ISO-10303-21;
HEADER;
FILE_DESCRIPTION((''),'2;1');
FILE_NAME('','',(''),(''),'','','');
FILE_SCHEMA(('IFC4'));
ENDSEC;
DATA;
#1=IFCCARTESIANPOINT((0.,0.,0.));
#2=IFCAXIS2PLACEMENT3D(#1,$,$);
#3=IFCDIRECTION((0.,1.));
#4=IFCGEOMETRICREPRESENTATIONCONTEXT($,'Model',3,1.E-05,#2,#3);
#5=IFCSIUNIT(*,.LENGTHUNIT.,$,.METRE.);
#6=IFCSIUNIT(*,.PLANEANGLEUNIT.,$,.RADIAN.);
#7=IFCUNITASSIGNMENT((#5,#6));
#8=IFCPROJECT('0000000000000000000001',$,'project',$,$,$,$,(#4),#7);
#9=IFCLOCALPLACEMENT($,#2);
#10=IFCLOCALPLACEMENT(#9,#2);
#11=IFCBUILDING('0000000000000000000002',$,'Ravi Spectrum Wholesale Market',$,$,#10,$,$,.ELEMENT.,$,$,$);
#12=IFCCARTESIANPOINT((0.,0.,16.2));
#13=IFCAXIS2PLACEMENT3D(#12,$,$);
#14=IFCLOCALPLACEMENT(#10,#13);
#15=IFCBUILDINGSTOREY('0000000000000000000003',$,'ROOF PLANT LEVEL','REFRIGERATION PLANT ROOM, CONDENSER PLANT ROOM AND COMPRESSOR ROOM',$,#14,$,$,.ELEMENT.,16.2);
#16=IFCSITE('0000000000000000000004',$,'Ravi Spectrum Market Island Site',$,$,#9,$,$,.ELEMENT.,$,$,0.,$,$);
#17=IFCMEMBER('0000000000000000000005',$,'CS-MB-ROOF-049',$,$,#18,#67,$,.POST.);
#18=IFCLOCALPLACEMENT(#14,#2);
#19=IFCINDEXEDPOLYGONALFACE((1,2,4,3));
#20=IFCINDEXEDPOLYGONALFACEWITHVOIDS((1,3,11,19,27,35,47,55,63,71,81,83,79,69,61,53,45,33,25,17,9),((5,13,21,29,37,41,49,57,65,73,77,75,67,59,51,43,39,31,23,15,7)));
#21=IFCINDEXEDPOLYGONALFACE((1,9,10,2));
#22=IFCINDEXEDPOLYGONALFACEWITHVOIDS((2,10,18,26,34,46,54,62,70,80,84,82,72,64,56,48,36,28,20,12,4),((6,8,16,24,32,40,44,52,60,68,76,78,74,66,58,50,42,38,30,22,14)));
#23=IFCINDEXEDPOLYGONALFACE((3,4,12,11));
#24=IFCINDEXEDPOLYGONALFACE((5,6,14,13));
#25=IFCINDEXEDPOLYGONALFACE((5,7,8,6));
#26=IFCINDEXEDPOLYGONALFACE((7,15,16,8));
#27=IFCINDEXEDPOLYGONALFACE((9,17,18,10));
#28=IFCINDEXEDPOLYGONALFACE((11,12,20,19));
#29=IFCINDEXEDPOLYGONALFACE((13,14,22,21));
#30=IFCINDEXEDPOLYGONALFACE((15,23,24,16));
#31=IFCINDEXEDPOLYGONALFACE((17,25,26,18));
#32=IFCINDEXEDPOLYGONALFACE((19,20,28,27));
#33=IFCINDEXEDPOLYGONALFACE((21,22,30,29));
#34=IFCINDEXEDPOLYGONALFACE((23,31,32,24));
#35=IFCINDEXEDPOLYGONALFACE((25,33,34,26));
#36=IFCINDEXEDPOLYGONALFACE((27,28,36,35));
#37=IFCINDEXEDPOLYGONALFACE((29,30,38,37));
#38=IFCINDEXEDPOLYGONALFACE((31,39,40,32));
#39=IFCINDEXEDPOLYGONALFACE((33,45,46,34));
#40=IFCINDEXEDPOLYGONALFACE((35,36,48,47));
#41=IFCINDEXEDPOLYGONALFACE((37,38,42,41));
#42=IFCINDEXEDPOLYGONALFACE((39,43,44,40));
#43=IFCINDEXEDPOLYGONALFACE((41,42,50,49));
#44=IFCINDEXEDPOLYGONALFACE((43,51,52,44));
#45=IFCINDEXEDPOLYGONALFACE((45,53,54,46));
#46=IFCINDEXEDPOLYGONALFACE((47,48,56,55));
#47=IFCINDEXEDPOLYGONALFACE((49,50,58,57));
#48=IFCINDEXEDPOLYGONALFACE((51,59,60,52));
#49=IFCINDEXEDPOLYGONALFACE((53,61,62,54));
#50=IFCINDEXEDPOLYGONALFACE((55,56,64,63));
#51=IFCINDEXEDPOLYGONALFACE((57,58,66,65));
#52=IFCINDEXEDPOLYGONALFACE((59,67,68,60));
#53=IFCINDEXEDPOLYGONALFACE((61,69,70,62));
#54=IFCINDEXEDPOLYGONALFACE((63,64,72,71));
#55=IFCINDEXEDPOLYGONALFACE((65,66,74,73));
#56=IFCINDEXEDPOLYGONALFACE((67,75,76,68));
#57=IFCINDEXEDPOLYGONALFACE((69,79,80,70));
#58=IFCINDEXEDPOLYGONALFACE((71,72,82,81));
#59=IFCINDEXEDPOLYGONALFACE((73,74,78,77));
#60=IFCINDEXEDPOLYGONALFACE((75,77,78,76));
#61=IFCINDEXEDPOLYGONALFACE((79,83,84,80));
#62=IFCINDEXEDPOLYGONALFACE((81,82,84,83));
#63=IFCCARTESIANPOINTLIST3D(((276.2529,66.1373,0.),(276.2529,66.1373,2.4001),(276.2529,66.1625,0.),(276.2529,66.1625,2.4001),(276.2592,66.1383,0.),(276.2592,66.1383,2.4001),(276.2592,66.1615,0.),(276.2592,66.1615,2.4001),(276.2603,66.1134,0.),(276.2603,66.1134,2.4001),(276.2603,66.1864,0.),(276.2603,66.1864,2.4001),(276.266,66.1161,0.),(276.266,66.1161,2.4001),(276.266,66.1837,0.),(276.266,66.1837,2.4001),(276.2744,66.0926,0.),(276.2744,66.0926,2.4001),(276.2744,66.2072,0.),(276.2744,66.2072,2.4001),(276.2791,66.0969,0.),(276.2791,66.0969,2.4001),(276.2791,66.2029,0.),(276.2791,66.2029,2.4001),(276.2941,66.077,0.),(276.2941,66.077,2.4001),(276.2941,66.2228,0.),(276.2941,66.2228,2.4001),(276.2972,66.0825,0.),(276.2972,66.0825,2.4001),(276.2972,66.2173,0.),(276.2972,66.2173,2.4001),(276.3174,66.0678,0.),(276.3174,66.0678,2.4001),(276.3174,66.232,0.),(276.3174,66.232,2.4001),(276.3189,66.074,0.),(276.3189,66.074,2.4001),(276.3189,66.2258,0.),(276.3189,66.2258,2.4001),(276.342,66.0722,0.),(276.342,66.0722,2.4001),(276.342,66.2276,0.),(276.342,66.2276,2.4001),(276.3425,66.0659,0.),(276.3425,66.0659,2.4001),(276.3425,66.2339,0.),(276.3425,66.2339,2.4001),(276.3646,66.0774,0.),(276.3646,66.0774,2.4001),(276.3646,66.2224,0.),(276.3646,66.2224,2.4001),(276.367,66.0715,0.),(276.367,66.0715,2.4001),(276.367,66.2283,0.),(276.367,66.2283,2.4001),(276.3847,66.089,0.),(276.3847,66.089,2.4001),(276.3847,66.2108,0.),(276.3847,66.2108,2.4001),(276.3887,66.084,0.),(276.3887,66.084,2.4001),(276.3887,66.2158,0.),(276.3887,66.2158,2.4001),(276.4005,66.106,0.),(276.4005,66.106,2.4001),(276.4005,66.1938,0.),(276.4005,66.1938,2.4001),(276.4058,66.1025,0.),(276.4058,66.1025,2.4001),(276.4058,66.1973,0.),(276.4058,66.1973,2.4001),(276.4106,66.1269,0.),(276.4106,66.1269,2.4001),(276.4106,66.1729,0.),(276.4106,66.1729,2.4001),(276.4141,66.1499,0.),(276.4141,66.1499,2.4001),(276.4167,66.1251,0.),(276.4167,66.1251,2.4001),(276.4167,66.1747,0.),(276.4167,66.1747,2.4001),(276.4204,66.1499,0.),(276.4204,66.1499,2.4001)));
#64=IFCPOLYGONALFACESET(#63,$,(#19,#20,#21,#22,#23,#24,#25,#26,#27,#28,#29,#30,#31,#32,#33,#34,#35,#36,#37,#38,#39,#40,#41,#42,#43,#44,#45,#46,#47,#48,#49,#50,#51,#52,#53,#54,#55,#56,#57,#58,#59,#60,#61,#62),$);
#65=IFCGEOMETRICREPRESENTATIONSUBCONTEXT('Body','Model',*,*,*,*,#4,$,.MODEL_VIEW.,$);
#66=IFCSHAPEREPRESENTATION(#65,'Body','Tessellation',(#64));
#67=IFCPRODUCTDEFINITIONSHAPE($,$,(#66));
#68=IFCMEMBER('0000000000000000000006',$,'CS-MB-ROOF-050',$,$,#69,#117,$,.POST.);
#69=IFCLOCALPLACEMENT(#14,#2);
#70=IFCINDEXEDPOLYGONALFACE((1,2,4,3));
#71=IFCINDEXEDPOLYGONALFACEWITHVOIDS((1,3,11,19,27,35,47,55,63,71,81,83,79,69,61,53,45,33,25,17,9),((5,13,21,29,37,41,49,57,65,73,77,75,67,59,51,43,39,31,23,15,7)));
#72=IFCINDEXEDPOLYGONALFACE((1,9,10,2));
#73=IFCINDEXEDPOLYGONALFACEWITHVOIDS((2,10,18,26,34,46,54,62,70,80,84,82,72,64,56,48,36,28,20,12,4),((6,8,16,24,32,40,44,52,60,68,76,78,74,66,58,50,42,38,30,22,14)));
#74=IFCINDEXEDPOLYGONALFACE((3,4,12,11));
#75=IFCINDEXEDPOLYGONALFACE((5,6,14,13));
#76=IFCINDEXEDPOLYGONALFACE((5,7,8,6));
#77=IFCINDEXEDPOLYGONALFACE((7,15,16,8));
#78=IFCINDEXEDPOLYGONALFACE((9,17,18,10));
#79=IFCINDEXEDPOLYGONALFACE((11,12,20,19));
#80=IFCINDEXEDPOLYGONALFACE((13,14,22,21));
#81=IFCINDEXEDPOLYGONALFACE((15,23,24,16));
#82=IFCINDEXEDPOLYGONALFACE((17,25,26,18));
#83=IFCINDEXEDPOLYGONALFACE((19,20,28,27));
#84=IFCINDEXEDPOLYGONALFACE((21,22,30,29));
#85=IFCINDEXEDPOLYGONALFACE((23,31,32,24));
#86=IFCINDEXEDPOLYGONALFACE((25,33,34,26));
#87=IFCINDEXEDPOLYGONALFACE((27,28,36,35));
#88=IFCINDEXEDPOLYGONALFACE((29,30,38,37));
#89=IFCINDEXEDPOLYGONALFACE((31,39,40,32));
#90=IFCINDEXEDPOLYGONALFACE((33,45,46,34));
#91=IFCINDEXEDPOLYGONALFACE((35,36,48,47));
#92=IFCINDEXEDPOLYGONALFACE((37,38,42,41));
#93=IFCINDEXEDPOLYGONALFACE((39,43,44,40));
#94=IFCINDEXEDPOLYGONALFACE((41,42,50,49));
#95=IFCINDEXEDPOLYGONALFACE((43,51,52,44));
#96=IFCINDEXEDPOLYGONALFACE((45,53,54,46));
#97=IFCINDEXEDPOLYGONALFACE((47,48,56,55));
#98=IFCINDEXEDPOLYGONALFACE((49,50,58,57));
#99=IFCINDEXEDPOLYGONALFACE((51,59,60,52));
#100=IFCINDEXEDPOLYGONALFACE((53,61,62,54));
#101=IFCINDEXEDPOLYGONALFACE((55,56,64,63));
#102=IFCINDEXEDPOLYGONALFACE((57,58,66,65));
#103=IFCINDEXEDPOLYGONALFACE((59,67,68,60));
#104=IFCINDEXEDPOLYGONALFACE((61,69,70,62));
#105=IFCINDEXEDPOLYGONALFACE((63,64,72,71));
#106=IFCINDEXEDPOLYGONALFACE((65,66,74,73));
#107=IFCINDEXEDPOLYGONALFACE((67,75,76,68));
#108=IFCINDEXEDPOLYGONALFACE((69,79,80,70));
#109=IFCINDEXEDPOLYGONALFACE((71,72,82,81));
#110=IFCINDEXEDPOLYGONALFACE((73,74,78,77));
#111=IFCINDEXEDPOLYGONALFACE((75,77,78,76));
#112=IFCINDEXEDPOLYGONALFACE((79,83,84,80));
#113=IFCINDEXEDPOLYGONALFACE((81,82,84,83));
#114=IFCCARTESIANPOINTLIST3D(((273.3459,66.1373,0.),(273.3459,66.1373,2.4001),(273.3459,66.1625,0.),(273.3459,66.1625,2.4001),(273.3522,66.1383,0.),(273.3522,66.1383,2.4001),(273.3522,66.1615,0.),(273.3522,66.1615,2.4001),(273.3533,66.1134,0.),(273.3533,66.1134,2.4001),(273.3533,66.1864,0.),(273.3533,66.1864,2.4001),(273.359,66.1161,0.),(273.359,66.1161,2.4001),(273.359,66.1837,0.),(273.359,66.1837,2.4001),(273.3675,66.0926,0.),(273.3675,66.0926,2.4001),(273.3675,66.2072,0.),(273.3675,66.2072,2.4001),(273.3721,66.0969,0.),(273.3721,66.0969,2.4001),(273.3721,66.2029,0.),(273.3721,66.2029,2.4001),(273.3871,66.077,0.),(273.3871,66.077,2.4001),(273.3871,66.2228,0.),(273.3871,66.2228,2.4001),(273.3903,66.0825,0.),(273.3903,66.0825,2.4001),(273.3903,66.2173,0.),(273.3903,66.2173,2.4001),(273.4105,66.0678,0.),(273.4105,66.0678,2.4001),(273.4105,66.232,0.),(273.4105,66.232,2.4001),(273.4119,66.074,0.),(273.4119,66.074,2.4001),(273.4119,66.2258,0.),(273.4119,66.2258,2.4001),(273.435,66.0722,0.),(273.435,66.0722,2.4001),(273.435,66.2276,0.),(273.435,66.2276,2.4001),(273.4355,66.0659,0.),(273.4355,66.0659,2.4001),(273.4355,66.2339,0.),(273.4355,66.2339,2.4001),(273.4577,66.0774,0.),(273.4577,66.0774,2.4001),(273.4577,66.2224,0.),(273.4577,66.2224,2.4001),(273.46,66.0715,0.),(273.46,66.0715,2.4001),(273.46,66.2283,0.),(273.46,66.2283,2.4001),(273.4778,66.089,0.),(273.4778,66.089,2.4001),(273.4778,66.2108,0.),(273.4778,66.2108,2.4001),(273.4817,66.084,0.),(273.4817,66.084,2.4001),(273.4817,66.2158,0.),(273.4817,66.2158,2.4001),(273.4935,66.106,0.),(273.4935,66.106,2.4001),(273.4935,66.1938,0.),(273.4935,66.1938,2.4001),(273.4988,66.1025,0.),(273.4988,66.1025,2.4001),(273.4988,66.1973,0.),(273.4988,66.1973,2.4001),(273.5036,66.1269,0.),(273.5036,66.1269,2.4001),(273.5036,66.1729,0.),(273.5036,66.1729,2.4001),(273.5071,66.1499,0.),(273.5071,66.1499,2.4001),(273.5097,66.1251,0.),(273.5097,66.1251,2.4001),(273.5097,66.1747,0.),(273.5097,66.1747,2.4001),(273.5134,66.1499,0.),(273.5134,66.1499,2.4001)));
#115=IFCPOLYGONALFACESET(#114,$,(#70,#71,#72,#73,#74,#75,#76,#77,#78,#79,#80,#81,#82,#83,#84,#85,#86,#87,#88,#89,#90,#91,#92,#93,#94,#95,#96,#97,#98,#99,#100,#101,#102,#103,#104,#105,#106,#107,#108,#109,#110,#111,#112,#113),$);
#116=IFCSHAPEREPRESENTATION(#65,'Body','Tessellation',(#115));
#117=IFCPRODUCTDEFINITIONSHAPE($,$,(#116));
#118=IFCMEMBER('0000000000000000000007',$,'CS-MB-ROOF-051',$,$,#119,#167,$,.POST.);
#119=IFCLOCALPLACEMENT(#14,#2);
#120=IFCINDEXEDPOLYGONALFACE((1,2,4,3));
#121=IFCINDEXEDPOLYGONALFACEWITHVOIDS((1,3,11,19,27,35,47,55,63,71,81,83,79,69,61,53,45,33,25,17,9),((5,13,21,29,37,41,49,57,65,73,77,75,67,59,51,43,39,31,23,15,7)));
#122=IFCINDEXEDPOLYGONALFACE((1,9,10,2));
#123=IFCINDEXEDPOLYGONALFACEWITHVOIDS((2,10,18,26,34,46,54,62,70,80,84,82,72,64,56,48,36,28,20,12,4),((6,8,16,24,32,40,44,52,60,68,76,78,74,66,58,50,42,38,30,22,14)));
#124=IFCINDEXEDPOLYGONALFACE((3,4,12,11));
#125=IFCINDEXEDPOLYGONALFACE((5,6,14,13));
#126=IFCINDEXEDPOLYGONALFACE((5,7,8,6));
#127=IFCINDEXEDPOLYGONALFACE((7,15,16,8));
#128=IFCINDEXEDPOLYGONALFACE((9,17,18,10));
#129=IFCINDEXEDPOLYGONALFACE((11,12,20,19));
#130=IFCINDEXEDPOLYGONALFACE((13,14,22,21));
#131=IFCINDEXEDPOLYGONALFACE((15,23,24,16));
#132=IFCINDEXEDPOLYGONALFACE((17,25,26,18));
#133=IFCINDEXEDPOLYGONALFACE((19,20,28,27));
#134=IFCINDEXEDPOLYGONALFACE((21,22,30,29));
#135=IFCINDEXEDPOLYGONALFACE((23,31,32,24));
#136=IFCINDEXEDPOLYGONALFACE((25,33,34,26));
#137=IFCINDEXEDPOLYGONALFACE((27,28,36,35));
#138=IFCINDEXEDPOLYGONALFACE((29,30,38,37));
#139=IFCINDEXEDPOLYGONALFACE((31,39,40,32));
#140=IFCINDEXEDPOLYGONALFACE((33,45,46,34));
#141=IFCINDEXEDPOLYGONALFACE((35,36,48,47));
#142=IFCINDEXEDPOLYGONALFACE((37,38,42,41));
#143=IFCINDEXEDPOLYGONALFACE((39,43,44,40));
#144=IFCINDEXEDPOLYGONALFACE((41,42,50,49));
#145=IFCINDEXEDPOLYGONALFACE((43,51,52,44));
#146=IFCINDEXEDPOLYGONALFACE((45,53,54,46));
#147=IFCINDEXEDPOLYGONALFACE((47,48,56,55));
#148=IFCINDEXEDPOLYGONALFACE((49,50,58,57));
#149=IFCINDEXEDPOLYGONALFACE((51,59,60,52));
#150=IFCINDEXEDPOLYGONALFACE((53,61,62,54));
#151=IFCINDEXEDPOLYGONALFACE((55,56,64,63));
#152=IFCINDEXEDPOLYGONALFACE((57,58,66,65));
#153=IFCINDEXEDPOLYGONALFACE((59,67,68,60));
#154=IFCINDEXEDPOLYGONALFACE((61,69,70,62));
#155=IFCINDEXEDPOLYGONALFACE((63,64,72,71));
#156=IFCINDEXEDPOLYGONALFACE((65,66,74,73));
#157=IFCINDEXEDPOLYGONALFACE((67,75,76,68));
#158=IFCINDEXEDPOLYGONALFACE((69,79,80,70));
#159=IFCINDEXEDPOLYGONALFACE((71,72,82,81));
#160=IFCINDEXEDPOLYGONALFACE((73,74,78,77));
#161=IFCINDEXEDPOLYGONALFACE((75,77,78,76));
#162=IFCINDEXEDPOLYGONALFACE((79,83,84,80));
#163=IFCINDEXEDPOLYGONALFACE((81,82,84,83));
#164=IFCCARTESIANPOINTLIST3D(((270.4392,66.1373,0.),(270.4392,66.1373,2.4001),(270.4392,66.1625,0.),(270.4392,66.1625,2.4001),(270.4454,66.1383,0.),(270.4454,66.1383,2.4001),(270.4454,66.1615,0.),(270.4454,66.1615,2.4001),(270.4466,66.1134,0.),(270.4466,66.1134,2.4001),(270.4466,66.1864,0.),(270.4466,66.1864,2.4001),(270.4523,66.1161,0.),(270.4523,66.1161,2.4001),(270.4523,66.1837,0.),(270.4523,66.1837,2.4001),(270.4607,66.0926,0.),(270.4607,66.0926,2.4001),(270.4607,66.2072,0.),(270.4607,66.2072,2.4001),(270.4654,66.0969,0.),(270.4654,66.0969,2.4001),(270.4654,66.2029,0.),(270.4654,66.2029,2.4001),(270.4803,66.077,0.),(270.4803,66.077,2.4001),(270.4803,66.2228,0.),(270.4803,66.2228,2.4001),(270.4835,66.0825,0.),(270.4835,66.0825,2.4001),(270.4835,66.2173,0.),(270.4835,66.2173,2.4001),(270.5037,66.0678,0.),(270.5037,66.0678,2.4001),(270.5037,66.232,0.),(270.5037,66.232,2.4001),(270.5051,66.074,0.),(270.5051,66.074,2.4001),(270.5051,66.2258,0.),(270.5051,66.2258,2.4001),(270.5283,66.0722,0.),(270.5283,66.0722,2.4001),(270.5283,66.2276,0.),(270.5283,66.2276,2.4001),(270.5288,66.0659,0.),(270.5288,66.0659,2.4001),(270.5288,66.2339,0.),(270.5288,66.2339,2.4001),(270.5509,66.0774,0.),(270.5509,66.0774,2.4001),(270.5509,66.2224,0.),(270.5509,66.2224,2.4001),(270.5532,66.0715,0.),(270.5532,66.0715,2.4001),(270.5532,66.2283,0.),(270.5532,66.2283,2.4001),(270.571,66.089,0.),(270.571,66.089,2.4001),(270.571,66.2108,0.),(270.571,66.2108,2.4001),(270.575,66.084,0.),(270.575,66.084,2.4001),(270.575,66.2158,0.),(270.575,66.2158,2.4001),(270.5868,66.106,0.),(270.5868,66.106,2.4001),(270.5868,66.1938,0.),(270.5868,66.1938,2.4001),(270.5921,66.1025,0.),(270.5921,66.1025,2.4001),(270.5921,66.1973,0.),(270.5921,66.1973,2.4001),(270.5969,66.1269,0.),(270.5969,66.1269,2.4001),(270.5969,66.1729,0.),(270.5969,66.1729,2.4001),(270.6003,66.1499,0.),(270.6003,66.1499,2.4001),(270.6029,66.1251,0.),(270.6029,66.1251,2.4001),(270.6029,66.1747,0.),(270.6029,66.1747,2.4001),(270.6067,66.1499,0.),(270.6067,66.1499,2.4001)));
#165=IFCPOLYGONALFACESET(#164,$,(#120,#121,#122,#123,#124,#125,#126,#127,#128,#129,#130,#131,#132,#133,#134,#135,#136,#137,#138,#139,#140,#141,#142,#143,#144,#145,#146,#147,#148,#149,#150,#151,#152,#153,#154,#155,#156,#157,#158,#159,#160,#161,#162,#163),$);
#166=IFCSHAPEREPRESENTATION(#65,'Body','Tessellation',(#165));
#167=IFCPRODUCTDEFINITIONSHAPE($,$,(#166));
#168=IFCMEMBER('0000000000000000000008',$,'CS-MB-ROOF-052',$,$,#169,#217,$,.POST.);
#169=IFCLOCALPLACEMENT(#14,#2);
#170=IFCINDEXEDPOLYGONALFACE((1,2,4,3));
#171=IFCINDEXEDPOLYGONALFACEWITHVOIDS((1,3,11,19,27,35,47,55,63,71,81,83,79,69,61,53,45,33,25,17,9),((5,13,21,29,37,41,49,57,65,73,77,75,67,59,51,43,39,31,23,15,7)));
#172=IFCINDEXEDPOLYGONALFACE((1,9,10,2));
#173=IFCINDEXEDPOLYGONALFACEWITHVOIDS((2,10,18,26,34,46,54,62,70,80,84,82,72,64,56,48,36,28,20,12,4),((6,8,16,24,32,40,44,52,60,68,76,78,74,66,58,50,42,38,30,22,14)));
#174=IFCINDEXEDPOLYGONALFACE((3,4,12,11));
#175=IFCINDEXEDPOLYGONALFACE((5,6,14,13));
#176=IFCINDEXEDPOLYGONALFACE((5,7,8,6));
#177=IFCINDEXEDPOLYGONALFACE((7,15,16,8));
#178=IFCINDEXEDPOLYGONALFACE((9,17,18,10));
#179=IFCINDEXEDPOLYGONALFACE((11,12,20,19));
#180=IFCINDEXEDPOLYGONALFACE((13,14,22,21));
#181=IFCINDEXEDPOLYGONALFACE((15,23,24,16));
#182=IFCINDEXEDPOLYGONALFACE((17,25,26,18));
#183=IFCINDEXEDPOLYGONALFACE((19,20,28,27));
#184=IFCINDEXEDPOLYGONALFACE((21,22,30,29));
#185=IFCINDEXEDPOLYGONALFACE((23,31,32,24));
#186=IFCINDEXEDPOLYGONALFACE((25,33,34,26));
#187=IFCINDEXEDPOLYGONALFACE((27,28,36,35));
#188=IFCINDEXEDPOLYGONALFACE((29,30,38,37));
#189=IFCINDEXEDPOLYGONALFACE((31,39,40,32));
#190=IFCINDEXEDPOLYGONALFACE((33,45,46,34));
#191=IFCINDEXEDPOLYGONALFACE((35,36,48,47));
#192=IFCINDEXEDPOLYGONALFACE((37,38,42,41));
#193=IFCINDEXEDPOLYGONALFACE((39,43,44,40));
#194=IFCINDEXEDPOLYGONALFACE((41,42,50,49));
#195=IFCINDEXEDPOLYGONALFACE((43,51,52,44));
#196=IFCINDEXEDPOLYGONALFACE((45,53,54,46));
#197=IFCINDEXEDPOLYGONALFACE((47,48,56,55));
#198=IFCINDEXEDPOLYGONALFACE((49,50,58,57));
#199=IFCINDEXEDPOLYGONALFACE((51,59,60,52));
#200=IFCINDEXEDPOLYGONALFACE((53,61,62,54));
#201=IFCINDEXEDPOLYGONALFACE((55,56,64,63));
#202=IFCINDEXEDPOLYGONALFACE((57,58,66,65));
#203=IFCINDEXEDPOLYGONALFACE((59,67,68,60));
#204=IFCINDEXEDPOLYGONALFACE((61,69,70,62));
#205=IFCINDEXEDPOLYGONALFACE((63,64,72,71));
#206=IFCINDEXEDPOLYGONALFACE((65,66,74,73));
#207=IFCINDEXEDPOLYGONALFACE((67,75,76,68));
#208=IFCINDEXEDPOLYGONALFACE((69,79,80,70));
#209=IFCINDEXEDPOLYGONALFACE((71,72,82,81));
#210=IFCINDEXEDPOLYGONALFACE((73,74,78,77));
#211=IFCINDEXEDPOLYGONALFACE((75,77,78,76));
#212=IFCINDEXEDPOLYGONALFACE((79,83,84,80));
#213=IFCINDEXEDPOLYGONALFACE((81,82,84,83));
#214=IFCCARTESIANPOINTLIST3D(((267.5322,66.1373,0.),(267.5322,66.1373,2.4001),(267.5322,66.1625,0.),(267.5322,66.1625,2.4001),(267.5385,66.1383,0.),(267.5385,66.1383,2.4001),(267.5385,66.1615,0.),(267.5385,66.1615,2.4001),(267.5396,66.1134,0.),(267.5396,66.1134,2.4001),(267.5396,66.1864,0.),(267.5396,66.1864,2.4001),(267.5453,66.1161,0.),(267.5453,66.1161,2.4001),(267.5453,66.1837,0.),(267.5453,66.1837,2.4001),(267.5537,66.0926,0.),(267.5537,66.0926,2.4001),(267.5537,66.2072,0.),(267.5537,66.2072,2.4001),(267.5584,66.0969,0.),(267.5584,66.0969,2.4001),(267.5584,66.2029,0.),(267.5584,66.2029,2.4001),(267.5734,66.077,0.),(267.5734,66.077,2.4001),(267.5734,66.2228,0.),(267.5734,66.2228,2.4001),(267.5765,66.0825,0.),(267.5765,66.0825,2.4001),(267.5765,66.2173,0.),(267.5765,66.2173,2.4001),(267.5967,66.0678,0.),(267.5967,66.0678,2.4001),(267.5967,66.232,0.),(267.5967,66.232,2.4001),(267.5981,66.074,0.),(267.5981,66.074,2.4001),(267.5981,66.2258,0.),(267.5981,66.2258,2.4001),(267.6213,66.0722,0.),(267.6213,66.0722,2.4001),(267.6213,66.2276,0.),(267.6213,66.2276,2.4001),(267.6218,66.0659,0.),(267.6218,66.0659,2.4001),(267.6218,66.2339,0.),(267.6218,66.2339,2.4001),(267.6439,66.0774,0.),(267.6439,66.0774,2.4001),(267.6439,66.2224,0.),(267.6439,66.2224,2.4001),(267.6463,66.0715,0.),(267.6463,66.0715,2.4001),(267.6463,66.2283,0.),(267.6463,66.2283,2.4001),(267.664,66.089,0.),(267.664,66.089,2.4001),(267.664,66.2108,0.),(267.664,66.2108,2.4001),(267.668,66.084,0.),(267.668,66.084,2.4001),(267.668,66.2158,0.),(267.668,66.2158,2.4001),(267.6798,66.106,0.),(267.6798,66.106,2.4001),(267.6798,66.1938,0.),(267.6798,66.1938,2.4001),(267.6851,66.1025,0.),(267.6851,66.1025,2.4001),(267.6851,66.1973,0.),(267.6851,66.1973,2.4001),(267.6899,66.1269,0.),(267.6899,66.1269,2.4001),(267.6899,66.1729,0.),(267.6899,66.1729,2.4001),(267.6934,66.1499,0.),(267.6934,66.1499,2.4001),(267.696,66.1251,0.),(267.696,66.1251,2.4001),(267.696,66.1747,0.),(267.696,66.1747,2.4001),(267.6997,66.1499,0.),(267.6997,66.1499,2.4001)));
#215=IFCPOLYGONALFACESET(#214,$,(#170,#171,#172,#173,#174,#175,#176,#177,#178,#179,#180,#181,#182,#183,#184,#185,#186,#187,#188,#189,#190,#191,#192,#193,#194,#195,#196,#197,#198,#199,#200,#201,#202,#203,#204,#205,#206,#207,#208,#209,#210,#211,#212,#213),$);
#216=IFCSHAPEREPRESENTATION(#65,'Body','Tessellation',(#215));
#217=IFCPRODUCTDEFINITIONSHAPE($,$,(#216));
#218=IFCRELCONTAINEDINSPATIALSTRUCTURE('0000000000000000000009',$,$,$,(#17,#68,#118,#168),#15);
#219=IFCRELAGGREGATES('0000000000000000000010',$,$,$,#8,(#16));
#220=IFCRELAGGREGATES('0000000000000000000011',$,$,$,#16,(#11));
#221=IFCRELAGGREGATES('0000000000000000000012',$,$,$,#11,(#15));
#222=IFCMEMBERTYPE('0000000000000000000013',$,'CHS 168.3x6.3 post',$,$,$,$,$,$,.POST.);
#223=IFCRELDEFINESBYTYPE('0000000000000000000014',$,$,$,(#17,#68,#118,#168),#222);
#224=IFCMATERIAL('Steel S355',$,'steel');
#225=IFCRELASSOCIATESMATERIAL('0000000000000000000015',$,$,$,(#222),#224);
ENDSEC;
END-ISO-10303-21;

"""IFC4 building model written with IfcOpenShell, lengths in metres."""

from ifc_helpers import new_model, si_unit, direction, frame, origin, origin_2d, place, context, subcontext, project, spatial, hollow_circle, extrude, material, material_profile, profile_set, type_object, element, save


model = new_model("IFC4")

# Units and contexts
model_context = context("Model", 3, precision=1e-05, world=origin(), true_north=direction((0.0, 1.0)))
body_context = subcontext(model_context, "Body", "Model", "MODEL_VIEW")
ifc_project = project(units=[si_unit("LENGTHUNIT", "METRE"), si_unit("PLANEANGLEUNIT", "RADIAN")], contexts=[model_context])

# Site, building, storey
site_placement = place(None, origin())
site = spatial("IfcSite", under=ifc_project, at=site_placement, Name="Ravi Spectrum Market Island Site", CompositionType="ELEMENT", RefElevation=0.0)
building_placement = place(site_placement, origin())
building = spatial("IfcBuilding", under=site, at=building_placement, Name="Ravi Spectrum Wholesale Market", CompositionType="ELEMENT")
storey_placement = place(building_placement, frame((0.0, 0.0, 16.2)))
storey = spatial("IfcBuildingStorey", under=building, at=storey_placement, Name="ROOF PLANT LEVEL", Description="REFRIGERATION PLANT ROOM, CONDENSER PLANT ROOM AND COMPRESSOR ROOM", CompositionType="ELEMENT", Elevation=16.2)

# Members
ifc_material_1 = material(Name="Steel S355", Category="steel")
ifc_material_profile_1 = material_profile(ifc_material_1, hollow_circle(Radius=0.0842, WallThickness=0.0063, at=origin_2d()))
ifc_profile_set_1 = profile_set([ifc_material_profile_1], Name="Steel S355")
member_type_1 = type_object("IfcMemberType", Name="CHS 168.3x6.3 post", PredefinedType="POST", material=ifc_profile_set_1)
for number, where, z_axis, x_axis, name in (
    (1, (276.3362, 66.1499, 0.0), (0.0, 0.0, 1.0), (1.0, 0.0, 0.0), "CS-MB-ROOF-049"),
    (2, (273.4292, 66.1499, 0.0), (0.0, 0.0, 1.0), (1.0, 0.0, 0.0), "CS-MB-ROOF-050"),
    (3, (270.5225, 66.1499, 0.0), (0.0, 0.0, 1.0), (1.0, 0.0, 0.0), "CS-MB-ROOF-051"),
    (4, (267.6155, 66.1499, 0.0), (0.0, 0.0, 1.0), (1.0, 0.0, 0.0), "CS-MB-ROOF-052"),
):
    element("IfcMember", number, at=place(storey_placement, frame(where, z_axis=z_axis, x_axis=x_axis)), inside=storey, type_object=member_type_1, Name=name, PredefinedType="POST", context=body_context, shape_type="SweptSolid", body=[
        extrude(hollow_circle(Radius=0.0842, WallThickness=0.0063, at=origin_2d()), origin(), (0.0, 0.0, 1.0), 2.4001),
    ])

save(model, "model.ifc")
